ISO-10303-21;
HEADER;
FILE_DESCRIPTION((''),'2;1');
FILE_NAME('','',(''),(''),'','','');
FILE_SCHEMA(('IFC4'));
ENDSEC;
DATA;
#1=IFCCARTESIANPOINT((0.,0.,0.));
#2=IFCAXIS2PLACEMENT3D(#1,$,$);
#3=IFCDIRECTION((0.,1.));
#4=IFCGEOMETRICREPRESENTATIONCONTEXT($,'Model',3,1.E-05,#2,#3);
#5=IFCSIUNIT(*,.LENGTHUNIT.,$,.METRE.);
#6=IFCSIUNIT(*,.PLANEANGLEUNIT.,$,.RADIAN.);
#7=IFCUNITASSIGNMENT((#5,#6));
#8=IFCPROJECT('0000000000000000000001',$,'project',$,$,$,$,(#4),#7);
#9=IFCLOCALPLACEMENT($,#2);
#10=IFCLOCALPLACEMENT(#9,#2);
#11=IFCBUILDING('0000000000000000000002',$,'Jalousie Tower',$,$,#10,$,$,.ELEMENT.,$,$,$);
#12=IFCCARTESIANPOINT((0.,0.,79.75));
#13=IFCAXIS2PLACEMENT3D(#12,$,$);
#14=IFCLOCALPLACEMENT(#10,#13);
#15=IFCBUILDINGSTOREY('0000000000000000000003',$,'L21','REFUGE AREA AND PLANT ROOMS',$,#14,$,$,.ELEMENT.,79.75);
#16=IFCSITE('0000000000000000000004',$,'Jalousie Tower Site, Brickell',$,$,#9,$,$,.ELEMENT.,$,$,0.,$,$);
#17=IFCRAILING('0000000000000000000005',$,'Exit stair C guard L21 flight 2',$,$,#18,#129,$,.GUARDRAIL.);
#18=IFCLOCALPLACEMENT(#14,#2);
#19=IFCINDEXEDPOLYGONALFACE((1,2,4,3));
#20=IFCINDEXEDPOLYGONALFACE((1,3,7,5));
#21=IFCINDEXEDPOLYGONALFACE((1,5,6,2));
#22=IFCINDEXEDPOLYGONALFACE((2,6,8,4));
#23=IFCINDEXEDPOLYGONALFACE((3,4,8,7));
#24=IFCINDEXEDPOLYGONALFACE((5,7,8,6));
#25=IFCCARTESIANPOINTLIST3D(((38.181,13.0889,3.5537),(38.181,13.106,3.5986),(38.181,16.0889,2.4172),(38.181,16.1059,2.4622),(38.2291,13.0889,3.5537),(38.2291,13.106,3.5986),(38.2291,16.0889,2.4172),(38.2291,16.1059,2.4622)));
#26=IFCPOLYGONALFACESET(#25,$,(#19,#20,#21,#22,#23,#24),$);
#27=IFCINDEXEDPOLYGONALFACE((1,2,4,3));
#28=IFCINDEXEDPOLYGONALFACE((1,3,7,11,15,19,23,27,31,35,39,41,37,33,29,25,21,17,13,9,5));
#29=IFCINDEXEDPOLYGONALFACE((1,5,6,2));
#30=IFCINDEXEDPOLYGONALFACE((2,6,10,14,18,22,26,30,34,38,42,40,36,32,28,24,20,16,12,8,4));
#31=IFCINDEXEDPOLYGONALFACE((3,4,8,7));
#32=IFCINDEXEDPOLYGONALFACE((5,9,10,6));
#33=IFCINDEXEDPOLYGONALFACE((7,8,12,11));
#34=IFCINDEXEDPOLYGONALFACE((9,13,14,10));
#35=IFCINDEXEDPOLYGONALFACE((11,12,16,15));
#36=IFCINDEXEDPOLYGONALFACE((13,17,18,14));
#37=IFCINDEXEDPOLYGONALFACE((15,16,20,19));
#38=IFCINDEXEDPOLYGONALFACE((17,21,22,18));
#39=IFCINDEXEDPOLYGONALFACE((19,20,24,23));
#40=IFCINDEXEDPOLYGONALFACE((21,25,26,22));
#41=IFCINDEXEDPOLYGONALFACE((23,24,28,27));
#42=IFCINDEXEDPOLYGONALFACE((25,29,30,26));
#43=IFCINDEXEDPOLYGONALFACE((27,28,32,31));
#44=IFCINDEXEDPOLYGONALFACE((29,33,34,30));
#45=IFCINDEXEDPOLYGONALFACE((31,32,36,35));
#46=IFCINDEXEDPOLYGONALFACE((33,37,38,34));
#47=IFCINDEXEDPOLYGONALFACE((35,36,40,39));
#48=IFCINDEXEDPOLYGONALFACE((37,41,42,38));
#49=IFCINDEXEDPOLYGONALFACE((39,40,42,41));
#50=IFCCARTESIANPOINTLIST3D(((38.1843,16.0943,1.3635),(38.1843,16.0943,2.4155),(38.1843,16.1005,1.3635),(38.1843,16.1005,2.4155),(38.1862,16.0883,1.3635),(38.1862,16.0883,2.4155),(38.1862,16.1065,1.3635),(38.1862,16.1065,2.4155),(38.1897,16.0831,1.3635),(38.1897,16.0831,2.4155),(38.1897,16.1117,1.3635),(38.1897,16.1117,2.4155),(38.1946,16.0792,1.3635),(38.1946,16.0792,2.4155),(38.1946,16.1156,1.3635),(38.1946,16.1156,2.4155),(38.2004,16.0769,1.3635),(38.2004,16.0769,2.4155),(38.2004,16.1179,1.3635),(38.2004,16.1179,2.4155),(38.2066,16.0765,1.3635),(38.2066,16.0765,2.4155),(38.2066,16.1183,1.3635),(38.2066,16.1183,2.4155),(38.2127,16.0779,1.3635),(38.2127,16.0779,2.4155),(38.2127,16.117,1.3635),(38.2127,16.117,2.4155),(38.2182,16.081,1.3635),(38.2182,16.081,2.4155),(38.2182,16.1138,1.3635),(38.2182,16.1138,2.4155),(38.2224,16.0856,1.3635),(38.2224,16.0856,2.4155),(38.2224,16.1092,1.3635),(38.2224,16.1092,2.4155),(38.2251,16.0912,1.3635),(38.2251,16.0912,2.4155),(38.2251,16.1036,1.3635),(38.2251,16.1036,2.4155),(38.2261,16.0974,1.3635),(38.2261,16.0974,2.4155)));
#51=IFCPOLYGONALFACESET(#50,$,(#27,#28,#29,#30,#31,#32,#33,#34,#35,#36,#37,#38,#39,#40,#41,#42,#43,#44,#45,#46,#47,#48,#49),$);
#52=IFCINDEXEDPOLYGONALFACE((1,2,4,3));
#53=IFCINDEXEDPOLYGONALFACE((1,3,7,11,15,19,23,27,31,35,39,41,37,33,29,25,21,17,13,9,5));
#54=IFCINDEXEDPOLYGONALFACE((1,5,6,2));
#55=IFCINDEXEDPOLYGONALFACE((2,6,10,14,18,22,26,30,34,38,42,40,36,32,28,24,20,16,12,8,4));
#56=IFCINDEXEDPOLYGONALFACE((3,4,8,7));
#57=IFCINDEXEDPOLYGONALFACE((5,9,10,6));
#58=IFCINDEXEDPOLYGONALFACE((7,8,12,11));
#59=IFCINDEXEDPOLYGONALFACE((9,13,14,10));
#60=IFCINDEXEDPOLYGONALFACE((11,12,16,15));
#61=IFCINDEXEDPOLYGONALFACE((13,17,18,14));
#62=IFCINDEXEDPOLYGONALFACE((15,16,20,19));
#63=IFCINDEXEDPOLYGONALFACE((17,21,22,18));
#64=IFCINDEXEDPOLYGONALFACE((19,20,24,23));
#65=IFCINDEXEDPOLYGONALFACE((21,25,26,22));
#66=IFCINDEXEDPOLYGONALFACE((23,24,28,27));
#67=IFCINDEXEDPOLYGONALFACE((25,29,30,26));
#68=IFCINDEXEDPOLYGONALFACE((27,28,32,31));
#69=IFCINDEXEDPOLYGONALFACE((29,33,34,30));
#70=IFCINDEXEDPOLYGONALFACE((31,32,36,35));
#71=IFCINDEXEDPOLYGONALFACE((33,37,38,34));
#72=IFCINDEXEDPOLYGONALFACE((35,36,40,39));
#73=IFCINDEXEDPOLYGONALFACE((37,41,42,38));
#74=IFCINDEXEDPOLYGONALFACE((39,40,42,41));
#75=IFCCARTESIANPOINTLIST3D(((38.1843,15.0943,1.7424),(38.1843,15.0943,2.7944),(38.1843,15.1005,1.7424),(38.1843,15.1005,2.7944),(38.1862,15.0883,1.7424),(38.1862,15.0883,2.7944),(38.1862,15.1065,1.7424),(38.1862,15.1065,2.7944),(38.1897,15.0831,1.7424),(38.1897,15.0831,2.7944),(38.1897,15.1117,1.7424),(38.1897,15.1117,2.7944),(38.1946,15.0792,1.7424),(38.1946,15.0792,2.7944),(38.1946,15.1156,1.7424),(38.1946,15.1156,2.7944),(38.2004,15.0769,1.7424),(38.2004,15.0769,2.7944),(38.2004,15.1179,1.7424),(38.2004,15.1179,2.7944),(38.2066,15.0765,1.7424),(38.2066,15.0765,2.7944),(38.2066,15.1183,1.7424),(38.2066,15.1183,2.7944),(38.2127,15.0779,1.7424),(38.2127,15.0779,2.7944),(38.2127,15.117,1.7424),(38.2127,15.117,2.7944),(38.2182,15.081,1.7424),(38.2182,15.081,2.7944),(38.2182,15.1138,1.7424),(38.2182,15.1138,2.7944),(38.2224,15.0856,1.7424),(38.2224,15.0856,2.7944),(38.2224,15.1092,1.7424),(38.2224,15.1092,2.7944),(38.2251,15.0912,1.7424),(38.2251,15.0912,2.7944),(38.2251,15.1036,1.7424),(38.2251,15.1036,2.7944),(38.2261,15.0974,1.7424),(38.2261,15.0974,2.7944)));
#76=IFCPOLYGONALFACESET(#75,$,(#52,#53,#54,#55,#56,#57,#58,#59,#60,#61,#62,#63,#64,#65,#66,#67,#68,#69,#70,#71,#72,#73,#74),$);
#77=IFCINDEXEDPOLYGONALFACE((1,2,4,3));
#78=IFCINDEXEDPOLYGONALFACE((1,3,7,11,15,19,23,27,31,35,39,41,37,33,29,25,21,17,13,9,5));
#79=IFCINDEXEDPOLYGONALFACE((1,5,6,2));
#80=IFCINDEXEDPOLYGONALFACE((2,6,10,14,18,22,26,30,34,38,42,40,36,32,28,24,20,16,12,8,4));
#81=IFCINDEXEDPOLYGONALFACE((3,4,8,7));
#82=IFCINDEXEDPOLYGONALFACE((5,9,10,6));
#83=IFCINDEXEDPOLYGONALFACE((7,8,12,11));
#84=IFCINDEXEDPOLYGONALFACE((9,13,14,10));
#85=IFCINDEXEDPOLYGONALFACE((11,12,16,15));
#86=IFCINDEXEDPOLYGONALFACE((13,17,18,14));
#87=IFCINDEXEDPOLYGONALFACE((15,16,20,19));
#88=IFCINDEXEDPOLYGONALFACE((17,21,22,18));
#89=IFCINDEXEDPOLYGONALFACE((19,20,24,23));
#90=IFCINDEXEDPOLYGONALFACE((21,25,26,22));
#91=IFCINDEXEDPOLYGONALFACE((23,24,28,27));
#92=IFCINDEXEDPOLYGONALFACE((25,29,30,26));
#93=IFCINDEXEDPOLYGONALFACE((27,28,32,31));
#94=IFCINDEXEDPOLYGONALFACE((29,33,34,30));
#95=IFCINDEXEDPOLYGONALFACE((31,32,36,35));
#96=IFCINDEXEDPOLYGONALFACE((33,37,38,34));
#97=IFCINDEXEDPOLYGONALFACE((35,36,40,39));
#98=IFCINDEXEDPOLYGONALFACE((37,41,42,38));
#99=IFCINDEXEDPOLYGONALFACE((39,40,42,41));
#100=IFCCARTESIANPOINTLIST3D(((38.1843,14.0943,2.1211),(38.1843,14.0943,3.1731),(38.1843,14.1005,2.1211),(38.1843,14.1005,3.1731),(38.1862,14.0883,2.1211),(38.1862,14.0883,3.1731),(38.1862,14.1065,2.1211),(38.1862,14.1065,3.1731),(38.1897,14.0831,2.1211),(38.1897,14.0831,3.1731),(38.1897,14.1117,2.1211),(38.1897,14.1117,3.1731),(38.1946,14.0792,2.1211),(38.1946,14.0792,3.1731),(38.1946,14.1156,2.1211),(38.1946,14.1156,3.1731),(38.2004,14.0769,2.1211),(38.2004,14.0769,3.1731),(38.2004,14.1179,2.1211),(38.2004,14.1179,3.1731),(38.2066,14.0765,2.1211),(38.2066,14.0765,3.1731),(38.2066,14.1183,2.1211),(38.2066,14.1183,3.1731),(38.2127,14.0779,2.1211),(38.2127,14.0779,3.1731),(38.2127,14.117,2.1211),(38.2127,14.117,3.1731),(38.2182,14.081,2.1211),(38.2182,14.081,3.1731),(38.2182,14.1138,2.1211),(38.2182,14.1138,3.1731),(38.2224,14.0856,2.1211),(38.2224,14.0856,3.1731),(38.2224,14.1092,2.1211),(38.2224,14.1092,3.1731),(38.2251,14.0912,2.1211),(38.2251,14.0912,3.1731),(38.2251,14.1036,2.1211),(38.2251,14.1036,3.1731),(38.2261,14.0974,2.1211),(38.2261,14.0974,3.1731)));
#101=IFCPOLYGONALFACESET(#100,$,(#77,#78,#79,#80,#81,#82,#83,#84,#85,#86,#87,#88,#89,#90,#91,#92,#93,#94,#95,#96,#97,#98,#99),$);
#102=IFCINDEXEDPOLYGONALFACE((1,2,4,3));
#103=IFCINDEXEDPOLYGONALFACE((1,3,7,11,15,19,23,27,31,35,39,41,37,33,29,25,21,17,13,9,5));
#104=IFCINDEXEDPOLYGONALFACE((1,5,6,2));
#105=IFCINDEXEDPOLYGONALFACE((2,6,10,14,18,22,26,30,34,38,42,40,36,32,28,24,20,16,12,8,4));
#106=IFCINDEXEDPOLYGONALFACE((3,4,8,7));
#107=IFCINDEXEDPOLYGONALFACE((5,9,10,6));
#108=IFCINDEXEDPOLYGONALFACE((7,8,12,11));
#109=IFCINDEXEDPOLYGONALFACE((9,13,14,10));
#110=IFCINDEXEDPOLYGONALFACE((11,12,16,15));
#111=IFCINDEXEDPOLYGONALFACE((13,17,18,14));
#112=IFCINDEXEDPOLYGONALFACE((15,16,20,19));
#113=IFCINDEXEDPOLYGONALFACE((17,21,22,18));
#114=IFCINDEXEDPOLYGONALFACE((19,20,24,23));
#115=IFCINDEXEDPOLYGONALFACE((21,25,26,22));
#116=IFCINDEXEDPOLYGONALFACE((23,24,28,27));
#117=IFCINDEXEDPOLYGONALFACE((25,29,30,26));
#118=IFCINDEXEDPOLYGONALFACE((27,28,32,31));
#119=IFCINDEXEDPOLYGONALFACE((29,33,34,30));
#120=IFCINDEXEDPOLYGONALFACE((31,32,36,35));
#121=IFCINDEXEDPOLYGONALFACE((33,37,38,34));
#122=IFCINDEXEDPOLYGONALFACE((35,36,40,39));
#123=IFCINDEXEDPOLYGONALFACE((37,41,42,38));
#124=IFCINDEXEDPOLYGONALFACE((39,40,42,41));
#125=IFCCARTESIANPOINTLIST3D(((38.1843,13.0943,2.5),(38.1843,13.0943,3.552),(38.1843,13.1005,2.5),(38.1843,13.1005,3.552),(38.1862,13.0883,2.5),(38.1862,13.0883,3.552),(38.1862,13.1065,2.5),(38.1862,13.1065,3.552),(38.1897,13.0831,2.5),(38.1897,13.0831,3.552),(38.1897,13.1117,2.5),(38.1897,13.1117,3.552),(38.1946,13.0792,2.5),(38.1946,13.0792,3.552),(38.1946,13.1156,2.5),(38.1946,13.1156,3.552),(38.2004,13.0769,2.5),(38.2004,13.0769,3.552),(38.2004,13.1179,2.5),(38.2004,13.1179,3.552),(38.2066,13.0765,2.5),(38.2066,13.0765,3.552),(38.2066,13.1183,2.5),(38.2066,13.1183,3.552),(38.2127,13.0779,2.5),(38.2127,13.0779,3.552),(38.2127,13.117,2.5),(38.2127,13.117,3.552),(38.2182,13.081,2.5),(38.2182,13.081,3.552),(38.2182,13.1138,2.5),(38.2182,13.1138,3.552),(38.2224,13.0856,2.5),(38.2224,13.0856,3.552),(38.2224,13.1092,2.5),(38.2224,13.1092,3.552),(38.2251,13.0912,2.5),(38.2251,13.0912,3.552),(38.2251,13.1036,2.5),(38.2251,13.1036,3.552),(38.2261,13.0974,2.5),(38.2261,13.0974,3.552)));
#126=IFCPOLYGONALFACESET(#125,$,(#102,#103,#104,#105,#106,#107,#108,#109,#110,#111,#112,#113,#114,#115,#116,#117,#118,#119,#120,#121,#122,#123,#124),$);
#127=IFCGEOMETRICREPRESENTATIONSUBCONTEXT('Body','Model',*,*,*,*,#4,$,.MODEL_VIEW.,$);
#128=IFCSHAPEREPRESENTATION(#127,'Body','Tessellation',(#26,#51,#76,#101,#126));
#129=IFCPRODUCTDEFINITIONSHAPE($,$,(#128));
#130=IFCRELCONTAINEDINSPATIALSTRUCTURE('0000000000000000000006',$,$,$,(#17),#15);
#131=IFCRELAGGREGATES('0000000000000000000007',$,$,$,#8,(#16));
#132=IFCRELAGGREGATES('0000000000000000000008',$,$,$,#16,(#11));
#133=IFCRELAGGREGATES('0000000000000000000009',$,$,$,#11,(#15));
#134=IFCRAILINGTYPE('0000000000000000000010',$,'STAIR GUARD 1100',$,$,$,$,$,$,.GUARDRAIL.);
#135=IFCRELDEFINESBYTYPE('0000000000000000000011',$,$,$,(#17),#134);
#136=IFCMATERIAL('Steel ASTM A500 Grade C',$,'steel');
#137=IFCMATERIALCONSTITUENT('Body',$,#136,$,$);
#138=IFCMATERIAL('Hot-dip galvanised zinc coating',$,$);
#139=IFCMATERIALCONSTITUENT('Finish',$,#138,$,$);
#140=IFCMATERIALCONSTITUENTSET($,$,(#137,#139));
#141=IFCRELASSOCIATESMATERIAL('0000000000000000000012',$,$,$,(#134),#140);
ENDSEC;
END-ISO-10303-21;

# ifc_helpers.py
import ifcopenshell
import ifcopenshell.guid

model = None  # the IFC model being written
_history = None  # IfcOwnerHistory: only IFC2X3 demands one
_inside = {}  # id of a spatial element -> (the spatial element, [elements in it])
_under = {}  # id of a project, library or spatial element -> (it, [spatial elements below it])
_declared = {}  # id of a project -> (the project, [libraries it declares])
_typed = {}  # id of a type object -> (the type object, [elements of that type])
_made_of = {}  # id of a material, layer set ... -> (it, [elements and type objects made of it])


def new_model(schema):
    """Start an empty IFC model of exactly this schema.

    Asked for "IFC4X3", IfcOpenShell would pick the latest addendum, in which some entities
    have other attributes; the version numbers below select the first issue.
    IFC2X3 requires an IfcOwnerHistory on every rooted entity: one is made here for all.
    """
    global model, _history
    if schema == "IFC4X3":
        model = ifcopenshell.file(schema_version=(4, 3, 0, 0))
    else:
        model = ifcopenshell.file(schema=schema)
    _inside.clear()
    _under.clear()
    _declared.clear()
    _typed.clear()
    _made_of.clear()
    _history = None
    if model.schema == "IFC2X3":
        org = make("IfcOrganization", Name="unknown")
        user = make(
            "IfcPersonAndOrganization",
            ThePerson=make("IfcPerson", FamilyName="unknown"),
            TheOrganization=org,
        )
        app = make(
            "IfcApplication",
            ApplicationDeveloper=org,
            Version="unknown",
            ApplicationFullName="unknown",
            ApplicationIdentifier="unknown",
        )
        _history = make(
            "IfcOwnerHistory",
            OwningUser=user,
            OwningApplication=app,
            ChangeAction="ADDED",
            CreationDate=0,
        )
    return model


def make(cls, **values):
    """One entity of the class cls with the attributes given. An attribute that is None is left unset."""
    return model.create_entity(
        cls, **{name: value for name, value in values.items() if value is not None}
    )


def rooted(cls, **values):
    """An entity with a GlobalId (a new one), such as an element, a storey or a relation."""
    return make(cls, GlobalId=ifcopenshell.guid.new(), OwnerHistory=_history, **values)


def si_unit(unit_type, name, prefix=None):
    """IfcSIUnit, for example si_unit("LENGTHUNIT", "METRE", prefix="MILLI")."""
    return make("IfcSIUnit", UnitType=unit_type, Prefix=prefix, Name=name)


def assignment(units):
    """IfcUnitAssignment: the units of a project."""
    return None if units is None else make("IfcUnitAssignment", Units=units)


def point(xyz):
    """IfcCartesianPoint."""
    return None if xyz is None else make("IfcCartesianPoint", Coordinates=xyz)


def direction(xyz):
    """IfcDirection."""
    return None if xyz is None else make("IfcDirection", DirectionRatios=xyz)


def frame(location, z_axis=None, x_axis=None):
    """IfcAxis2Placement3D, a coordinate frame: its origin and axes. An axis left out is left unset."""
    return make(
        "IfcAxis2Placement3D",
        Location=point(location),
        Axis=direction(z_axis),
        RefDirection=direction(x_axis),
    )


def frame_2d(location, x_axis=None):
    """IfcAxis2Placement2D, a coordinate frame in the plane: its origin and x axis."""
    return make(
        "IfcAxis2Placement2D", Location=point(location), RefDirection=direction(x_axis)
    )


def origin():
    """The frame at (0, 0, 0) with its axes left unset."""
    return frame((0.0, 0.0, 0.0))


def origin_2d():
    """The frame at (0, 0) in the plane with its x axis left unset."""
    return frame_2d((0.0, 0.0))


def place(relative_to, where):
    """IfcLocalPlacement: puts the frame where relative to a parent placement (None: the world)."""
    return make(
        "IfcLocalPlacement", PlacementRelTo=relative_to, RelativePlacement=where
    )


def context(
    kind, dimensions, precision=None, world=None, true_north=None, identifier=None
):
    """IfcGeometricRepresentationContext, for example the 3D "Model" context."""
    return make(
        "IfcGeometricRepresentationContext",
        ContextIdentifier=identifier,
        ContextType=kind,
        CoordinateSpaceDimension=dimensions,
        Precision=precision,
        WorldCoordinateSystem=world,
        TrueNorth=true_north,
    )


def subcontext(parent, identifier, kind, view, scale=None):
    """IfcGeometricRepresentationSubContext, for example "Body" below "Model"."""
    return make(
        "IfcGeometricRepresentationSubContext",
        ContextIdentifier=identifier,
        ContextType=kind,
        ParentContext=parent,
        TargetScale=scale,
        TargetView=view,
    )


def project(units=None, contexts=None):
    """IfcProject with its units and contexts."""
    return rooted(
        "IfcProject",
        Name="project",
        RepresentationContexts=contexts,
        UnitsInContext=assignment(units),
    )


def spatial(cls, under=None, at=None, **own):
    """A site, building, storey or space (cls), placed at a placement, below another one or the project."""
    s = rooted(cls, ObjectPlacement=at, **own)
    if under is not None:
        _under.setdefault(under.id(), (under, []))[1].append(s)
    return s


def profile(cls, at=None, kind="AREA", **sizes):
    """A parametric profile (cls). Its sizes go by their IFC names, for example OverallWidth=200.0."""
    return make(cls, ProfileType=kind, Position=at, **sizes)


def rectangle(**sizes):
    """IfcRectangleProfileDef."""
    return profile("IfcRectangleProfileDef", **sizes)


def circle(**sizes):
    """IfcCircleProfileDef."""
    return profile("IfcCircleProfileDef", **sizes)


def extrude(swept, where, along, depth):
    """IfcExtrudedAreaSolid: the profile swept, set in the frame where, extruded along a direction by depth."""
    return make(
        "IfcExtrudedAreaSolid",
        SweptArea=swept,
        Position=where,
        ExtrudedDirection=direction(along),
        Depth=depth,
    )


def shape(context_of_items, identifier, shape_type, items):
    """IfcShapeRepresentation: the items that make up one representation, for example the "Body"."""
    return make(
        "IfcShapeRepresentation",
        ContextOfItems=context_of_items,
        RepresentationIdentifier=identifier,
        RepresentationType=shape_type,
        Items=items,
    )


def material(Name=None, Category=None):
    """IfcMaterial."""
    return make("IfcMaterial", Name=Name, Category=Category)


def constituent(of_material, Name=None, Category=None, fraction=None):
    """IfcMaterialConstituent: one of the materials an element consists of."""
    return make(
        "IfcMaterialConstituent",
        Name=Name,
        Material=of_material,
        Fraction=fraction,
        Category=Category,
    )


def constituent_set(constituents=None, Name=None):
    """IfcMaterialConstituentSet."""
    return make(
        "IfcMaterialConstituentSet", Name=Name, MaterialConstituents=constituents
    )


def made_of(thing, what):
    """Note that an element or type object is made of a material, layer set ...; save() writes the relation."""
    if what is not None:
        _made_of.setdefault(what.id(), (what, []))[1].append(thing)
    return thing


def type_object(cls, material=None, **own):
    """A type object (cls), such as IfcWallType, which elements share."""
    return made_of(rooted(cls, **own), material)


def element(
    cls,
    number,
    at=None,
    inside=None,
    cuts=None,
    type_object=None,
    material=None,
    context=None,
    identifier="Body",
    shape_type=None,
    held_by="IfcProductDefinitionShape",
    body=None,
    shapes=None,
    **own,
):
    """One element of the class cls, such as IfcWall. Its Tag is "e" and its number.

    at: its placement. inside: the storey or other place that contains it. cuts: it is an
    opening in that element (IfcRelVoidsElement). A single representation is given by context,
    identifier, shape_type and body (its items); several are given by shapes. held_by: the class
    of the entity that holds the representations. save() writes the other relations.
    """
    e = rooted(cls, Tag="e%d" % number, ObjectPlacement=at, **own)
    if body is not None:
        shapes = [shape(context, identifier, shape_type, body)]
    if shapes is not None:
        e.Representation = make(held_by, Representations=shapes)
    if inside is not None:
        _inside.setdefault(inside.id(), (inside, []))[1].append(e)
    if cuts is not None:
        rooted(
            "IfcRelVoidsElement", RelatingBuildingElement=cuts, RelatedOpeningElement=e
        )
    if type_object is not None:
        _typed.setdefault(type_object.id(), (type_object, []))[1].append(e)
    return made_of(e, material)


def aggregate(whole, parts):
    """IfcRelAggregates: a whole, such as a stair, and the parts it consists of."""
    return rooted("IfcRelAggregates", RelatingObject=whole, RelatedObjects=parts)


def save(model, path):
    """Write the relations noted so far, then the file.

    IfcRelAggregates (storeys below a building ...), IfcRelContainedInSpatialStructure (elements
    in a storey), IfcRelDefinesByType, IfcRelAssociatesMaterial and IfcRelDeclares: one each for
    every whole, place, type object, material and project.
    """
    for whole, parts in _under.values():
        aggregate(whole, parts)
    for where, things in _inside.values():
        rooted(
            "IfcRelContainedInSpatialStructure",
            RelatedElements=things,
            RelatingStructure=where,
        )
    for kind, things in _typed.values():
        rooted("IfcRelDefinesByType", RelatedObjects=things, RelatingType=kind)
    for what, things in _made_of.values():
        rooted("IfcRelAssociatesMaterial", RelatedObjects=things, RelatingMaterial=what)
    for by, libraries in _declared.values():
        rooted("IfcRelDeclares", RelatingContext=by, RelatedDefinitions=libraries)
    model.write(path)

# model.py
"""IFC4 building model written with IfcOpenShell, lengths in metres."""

from ifc_helpers import new_model, si_unit, direction, frame, origin, origin_2d, place, context, subcontext, project, spatial, rectangle, circle, extrude, material, constituent, constituent_set, type_object, element, save


model = new_model("IFC4")

# Units and contexts
model_context = context("Model", 3, precision=1e-05, world=origin(), true_north=direction((0.0, 1.0)))
body_context = subcontext(model_context, "Body", "Model", "MODEL_VIEW")
ifc_project = project(units=[si_unit("LENGTHUNIT", "METRE"), si_unit("PLANEANGLEUNIT", "RADIAN")], contexts=[model_context])

# Site, building, storey
site_placement = place(None, origin())
site = spatial("IfcSite", under=ifc_project, at=site_placement, Name="Jalousie Tower Site, Brickell", CompositionType="ELEMENT", RefElevation=0.0)
building_placement = place(site_placement, origin())
building = spatial("IfcBuilding", under=site, at=building_placement, Name="Jalousie Tower", CompositionType="ELEMENT")
storey_placement = place(building_placement, frame((0.0, 0.0, 79.75)))
storey = spatial("IfcBuildingStorey", under=building, at=storey_placement, Name="L21", Description="REFUGE AREA AND PLANT ROOMS", CompositionType="ELEMENT", Elevation=79.75)

# Railing
ifc_material_1 = material(Name="Steel ASTM A500 Grade C", Category="steel")
ifc_constituent_1 = constituent(ifc_material_1, Name="Body")
ifc_material_2 = material(Name="Hot-dip galvanised zinc coating")
ifc_constituent_2 = constituent(ifc_material_2, Name="Finish")
ifc_constituent_set_1 = constituent_set(constituents=[ifc_constituent_1, ifc_constituent_2])
railing_type_1 = type_object("IfcRailingType", Name="STAIR GUARD 1100", PredefinedType="GUARDRAIL", material=ifc_constituent_set_1)
railing_1_placement = place(storey_placement, frame((38.2051, 16.0974, 1.3635)))
element("IfcRailing", 1, at=railing_1_placement, inside=storey, type_object=railing_type_1, Name="Exit stair C guard L21 flight 2", PredefinedType="GUARDRAIL", context=body_context, shape_type="SweptSolid", body=[
    extrude(rectangle(XDim=0.0481, YDim=0.0481, at=origin_2d()), frame((0.0, 0.0, 1.0762), z_axis=(0.0, -0.935148, 0.354257), x_axis=(1.0, 0.0, 0.0)), (0.0, 0.0, 1.0), 3.208),
    extrude(circle(Radius=0.021, at=origin_2d()), origin(), (0.0, 0.0, 1.0), 1.052),
    extrude(circle(Radius=0.021, at=origin_2d()), frame((0.0, -1.0, 0.3789)), (0.0, 0.0, 1.0), 1.052),
    extrude(circle(Radius=0.021, at=origin_2d()), frame((0.0, -2.0, 0.7576)), (0.0, 0.0, 1.0), 1.052),
    extrude(circle(Radius=0.021, at=origin_2d()), frame((0.0, -3.0, 1.1365)), (0.0, 0.0, 1.0), 1.052),
])

save(model, "model.ifc")
